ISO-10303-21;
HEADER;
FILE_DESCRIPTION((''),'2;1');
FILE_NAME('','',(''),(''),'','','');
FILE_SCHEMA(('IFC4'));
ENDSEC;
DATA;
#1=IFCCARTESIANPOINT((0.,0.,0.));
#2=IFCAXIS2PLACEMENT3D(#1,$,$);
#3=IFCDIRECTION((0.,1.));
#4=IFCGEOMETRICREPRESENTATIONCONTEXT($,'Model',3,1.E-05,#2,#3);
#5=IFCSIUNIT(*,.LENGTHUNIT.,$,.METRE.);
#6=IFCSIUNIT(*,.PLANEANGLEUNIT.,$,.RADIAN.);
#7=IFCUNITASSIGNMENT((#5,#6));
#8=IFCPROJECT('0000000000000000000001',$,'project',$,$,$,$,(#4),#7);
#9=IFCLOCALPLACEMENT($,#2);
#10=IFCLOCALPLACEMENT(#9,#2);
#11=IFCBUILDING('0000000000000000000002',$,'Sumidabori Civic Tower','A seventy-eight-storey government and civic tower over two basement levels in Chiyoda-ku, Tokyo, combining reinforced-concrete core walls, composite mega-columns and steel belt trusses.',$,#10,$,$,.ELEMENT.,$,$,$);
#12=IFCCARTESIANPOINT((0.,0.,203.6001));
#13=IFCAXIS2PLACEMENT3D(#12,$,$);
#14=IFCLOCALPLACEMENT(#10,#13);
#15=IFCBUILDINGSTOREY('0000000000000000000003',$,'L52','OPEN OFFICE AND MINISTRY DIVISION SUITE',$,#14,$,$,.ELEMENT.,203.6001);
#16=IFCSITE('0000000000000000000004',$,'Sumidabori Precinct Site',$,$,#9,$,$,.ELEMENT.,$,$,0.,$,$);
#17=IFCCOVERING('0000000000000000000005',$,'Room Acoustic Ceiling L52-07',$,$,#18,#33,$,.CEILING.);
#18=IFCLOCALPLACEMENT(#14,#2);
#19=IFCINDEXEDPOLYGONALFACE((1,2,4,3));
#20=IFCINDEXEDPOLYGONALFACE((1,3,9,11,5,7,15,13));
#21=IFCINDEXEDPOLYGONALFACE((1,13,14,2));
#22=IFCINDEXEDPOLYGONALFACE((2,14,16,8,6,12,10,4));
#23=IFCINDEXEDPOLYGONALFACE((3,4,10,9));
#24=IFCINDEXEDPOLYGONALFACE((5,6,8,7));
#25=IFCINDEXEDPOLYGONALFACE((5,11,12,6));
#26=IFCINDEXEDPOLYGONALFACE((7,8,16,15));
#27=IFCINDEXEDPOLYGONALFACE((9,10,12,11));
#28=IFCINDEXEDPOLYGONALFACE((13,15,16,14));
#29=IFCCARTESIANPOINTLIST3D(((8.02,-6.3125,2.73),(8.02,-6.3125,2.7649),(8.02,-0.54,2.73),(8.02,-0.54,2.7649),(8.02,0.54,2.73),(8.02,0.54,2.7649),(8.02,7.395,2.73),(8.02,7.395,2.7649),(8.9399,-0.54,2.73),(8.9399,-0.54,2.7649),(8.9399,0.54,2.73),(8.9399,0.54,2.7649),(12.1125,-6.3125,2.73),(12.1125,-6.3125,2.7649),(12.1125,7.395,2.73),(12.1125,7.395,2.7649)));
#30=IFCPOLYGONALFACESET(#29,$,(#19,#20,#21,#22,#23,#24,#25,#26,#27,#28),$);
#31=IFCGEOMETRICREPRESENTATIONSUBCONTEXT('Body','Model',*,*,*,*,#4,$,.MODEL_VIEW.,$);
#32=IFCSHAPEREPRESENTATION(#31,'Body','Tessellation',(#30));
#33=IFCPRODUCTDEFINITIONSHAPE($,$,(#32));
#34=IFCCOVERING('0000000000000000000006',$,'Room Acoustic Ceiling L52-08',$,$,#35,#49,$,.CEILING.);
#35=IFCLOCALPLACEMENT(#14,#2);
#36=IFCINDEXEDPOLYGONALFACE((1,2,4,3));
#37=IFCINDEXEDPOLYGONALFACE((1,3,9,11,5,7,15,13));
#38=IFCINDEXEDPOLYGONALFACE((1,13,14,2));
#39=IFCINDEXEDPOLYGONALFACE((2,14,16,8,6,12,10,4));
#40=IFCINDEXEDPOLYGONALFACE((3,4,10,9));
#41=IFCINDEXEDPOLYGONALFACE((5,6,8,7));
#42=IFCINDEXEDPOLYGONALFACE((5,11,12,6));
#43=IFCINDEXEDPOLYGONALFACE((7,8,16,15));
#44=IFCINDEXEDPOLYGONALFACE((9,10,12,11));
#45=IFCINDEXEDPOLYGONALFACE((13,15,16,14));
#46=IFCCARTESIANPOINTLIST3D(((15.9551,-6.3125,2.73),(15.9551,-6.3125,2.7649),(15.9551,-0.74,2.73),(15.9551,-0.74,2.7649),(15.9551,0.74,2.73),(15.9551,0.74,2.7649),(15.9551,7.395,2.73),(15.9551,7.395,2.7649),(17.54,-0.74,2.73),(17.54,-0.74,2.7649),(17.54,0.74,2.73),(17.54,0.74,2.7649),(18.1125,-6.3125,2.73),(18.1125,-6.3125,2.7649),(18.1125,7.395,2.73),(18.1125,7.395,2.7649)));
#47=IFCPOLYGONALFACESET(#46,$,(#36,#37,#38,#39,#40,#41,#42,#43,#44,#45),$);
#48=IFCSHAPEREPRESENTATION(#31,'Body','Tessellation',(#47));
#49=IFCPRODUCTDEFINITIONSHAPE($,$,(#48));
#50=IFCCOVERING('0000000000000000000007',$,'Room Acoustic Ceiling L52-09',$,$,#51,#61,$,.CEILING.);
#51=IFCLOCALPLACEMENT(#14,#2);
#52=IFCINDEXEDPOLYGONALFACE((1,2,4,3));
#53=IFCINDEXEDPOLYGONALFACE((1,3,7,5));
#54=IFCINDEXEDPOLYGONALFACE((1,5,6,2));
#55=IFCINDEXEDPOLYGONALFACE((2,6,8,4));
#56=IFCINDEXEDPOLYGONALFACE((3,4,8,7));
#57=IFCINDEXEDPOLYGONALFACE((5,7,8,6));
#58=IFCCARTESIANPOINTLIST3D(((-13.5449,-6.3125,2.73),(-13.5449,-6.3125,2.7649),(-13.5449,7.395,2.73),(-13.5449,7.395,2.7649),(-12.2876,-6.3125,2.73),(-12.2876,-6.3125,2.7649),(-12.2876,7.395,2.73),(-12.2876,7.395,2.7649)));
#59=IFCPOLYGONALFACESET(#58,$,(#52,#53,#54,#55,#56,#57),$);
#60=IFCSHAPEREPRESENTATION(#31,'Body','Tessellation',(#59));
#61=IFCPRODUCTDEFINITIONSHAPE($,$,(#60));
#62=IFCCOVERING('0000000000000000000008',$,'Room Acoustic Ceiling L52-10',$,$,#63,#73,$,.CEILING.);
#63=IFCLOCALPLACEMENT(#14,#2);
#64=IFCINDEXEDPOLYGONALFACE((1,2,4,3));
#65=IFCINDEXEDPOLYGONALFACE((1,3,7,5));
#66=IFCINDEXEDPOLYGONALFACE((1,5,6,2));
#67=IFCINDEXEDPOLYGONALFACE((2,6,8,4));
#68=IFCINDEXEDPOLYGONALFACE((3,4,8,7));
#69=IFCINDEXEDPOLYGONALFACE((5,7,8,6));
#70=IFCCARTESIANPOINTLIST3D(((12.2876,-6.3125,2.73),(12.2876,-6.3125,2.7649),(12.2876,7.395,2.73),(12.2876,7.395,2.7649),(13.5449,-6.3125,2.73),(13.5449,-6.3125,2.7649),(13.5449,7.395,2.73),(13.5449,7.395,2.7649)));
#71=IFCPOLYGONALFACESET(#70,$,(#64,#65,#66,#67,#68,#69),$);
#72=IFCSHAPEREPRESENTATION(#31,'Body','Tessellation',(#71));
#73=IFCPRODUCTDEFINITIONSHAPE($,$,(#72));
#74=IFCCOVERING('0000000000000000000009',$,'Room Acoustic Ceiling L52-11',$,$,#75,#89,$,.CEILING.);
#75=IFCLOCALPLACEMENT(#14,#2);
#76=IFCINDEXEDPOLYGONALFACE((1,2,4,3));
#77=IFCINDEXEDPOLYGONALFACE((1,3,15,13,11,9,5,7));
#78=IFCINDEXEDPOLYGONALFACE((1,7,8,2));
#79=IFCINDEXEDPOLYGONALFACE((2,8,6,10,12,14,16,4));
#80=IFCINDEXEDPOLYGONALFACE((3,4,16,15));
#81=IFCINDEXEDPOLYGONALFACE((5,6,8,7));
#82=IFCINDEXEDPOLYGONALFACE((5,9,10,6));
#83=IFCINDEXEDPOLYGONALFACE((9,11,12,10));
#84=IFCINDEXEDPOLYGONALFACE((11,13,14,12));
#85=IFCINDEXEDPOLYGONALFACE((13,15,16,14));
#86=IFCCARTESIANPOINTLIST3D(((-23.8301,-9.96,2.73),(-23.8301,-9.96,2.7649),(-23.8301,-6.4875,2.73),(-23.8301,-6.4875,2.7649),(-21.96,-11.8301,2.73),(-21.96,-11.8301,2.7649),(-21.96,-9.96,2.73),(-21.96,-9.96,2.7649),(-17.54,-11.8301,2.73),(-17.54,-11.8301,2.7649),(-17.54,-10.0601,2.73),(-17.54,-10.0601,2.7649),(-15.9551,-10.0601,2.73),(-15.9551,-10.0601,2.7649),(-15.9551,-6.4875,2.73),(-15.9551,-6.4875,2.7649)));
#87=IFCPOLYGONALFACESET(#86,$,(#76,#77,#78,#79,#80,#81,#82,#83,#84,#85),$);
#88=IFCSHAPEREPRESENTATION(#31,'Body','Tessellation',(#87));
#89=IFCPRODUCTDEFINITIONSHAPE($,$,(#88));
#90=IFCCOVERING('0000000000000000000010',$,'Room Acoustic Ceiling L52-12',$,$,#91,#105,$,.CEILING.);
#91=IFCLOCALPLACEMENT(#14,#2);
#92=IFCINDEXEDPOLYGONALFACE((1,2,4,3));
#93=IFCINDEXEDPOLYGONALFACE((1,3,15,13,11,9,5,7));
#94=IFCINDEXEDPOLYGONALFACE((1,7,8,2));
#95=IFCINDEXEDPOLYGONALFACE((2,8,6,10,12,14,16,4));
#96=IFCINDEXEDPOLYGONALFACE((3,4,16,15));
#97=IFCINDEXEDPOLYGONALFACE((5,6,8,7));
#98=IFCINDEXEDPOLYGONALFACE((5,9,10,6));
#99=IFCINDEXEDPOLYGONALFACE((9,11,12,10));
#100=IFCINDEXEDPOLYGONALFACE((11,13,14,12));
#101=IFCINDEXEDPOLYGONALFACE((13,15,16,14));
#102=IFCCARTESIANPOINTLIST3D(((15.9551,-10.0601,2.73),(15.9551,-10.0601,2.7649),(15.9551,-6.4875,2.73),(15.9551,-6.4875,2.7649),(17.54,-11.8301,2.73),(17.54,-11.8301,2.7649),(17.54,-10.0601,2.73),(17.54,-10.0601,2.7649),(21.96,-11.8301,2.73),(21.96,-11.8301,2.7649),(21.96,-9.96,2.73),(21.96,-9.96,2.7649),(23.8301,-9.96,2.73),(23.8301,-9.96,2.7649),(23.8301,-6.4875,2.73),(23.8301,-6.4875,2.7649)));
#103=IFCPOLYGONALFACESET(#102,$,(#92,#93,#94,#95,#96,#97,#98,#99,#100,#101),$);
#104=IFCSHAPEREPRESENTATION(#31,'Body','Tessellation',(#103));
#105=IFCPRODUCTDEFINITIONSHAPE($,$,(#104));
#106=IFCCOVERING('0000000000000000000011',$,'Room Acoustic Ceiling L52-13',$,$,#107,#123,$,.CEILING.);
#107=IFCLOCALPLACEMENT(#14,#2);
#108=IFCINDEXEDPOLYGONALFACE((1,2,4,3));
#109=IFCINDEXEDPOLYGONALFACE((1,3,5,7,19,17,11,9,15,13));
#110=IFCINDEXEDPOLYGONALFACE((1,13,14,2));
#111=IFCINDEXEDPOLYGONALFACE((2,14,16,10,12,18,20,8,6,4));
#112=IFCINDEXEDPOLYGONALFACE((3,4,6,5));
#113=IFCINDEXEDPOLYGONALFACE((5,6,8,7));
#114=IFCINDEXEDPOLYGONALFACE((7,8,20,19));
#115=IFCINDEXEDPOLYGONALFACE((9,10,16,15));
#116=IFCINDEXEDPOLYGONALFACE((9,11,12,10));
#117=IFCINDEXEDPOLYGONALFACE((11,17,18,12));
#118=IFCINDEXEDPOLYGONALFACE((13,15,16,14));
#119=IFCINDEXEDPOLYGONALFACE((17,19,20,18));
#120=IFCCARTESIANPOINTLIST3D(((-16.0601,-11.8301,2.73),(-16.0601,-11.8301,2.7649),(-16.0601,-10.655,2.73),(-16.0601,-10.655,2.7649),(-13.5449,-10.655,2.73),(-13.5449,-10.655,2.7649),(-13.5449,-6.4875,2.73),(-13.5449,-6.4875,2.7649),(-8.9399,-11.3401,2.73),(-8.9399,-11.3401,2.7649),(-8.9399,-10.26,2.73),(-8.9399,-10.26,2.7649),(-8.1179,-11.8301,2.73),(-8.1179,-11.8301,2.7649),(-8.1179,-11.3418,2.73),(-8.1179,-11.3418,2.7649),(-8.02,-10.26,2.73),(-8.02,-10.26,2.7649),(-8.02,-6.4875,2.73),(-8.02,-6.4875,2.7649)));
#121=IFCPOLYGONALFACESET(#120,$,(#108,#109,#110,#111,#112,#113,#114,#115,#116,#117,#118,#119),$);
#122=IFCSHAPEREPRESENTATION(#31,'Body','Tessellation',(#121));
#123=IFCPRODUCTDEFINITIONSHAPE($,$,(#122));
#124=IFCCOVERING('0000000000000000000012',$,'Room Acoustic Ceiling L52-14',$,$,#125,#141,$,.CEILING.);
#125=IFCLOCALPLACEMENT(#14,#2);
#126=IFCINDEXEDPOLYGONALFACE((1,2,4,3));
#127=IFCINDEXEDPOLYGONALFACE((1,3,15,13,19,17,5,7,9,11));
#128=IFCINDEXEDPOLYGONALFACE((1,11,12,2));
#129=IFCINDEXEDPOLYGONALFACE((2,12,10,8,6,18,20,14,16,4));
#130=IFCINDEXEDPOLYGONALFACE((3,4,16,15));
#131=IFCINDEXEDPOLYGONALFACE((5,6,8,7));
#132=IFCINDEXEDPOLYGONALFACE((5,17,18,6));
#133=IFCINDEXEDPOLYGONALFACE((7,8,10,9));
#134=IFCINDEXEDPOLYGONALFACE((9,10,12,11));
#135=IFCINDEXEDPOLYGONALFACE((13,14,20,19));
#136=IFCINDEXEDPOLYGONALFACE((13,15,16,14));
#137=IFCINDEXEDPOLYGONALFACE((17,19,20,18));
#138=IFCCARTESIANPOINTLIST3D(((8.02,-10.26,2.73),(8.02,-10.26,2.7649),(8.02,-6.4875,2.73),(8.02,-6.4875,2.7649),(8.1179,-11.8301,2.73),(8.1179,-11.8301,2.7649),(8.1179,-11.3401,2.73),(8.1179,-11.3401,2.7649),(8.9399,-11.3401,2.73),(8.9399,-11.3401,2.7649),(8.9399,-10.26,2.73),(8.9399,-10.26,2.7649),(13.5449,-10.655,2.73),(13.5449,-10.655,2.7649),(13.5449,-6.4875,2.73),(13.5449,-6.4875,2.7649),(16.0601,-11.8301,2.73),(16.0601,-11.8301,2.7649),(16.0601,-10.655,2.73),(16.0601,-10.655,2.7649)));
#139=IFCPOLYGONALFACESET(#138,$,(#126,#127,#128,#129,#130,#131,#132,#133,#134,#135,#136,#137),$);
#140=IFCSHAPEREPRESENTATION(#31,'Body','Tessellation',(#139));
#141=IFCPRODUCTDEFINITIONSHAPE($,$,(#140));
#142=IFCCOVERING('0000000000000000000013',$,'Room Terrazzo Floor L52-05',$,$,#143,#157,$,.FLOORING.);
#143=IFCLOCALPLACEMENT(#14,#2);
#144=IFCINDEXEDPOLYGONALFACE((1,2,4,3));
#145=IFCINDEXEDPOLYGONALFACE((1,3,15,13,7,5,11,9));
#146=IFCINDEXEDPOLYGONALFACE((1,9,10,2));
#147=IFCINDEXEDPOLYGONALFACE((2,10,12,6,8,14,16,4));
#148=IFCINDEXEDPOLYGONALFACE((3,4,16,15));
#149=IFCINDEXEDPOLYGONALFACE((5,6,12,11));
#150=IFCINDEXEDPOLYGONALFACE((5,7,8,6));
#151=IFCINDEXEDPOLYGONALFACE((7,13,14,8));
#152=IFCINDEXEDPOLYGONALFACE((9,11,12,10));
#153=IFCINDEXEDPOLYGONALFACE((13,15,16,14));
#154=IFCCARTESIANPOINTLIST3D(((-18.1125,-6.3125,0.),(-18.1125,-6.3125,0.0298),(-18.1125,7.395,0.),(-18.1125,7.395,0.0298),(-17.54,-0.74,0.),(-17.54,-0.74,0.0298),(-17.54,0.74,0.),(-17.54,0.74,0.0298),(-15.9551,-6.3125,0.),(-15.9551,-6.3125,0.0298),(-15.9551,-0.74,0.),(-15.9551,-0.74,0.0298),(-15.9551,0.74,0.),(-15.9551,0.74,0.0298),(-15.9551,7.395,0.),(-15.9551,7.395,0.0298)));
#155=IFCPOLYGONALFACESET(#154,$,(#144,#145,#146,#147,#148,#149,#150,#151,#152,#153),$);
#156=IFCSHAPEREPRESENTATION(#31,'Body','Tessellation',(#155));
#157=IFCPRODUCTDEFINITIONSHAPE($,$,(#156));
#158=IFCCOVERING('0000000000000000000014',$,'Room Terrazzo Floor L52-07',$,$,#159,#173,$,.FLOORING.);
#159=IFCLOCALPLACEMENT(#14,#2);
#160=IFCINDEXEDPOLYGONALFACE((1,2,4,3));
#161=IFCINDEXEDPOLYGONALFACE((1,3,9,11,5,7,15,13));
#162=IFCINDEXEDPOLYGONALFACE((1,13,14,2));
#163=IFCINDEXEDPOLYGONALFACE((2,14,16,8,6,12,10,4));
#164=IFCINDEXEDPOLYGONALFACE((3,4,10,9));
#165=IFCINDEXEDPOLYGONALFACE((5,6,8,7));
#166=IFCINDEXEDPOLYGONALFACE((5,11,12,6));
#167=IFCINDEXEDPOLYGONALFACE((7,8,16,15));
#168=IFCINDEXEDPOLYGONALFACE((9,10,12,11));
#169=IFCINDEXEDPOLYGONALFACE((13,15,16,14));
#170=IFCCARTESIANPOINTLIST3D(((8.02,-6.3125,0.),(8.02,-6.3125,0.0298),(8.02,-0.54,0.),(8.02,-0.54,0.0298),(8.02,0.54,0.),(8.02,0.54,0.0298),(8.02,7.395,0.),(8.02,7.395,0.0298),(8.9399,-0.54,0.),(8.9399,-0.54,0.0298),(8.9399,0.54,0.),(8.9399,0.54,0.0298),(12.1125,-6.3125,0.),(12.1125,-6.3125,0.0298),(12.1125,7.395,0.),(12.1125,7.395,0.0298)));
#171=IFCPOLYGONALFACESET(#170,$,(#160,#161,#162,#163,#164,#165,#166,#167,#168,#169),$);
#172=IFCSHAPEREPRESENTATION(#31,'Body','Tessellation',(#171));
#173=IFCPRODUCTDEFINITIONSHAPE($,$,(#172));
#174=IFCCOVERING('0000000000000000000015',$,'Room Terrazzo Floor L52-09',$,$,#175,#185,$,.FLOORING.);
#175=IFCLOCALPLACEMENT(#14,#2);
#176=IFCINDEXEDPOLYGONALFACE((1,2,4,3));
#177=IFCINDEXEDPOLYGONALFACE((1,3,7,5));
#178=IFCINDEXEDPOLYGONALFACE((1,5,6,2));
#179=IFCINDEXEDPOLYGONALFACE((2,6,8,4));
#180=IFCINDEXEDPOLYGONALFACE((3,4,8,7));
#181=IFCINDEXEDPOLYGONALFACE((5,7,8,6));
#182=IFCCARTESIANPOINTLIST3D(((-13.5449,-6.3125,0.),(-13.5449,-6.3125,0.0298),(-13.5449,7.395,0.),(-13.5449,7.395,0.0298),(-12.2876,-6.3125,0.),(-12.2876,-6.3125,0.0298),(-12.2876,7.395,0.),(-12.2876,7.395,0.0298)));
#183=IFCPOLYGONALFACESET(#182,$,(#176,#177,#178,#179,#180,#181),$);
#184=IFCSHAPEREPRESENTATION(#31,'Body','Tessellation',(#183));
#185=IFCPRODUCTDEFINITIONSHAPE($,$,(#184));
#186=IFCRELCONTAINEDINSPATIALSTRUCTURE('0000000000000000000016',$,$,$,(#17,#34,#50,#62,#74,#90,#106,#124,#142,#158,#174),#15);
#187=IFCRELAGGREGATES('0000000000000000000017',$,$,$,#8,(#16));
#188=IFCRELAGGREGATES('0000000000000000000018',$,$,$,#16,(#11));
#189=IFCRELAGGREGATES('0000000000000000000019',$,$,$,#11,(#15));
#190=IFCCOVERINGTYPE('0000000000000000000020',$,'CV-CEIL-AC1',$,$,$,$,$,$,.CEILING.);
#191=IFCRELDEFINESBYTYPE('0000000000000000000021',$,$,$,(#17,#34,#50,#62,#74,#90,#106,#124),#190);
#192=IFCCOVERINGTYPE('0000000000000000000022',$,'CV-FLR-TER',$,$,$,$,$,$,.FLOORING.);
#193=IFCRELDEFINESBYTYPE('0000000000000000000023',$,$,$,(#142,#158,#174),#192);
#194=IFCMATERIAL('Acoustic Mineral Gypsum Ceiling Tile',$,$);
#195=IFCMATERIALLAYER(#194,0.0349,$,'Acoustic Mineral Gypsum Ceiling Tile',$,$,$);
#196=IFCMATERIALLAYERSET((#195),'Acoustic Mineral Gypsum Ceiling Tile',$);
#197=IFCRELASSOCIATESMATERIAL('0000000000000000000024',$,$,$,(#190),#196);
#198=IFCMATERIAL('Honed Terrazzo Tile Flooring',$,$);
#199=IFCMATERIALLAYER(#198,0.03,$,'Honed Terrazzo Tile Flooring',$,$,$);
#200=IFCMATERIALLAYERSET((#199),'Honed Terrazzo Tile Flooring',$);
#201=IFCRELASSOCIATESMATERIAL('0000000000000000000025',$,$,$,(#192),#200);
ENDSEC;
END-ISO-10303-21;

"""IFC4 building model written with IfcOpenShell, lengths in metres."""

from ifc_helpers import new_model, si_unit, direction, frame, origin, place, context, subcontext, project, spatial, polyline, outline, extrude, material, layer, layer_set, type_object, element, save


model = new_model("IFC4")

# Units and contexts
model_context = context("Model", 3, precision=1e-05, world=origin(), true_north=direction((0.0, 1.0)))
body_context = subcontext(model_context, "Body", "Model", "MODEL_VIEW")
ifc_project = project(units=[si_unit("LENGTHUNIT", "METRE"), si_unit("PLANEANGLEUNIT", "RADIAN")], contexts=[model_context])

# Site, building, storey
site_placement = place(None, origin())
site = spatial("IfcSite", under=ifc_project, at=site_placement, Name="Sumidabori Precinct Site", CompositionType="ELEMENT", RefElevation=0.0)
building_placement = place(site_placement, origin())
building = spatial("IfcBuilding", under=site, at=building_placement, Name="Sumidabori Civic Tower", Description="A seventy-eight-storey government and civic tower over two basement levels in Chiyoda-ku, Tokyo, combining reinforced-concrete core walls, composite mega-columns and steel belt trusses.", CompositionType="ELEMENT")
storey_placement = place(building_placement, frame((0.0, 0.0, 203.6001)))
storey = spatial("IfcBuildingStorey", under=building, at=storey_placement, Name="L52", Description="OPEN OFFICE AND MINISTRY DIVISION SUITE", CompositionType="ELEMENT", Elevation=203.6001)

# Coverings
ifc_material_1 = material(Name="Acoustic Mineral Gypsum Ceiling Tile")
ifc_layer_1 = layer(ifc_material_1, 0.0349, Name="Acoustic Mineral Gypsum Ceiling Tile")
ifc_layer_set_1 = layer_set([ifc_layer_1], Name="Acoustic Mineral Gypsum Ceiling Tile")
covering_type_1 = type_object("IfcCoveringType", Name="CV-CEIL-AC1", PredefinedType="CEILING", material=ifc_layer_set_1)
covering_1_placement = place(storey_placement, frame((0.0, 0.0, 2.73)))
element("IfcCovering", 1, at=covering_1_placement, inside=storey, type_object=covering_type_1, Name="Room Acoustic Ceiling L52-07", PredefinedType="CEILING", context=body_context, shape_type="SweptSolid", body=[
    extrude(outline(polyline([(8.02, -6.3125), (8.02, -0.54), (8.9399, -0.54), (8.9399, 0.54), (8.02, 0.54), (8.02, 7.395), (12.1125, 7.395), (12.1125, -6.3125), (8.02, -6.3125)])), origin(), (0.0, 0.0, 1.0), 0.0349),
])
covering_2_placement = place(storey_placement, frame((0.0, 0.0, 2.73)))
element("IfcCovering", 2, at=covering_2_placement, inside=storey, type_object=covering_type_1, Name="Room Acoustic Ceiling L52-08", PredefinedType="CEILING", context=body_context, shape_type="SweptSolid", body=[
    extrude(outline(polyline([(15.9551, -0.74), (17.54, -0.74), (17.54, 0.74), (15.9551, 0.74), (15.9551, 7.395), (18.1125, 7.395), (18.1125, -6.3125), (15.9551, -6.3125), (15.9551, -0.74)])), origin(), (0.0, 0.0, 1.0), 0.0349),
])
covering_3_placement = place(storey_placement, frame((0.0, 0.0, 2.73)))
element("IfcCovering", 3, at=covering_3_placement, inside=storey, type_object=covering_type_1, Name="Room Acoustic Ceiling L52-09", PredefinedType="CEILING", context=body_context, shape_type="SweptSolid", body=[
    extrude(outline(polyline([(-13.5449, 7.395), (-12.2876, 7.395), (-12.2876, -6.3125), (-13.5449, -6.3125), (-13.5449, 7.395)])), origin(), (0.0, 0.0, 1.0), 0.0349),
])
covering_4_placement = place(storey_placement, frame((0.0, 0.0, 2.73)))
element("IfcCovering", 4, at=covering_4_placement, inside=storey, type_object=covering_type_1, Name="Room Acoustic Ceiling L52-10", PredefinedType="CEILING", context=body_context, shape_type="SweptSolid", body=[
    extrude(outline(polyline([(12.2876, -6.3125), (12.2876, 7.395), (13.5449, 7.395), (13.5449, -6.3125), (12.2876, -6.3125)])), origin(), (0.0, 0.0, 1.0), 0.0349),
])
covering_5_placement = place(storey_placement, frame((0.0, 0.0, 2.73)))
element("IfcCovering", 5, at=covering_5_placement, inside=storey, type_object=covering_type_1, Name="Room Acoustic Ceiling L52-11", PredefinedType="CEILING", context=body_context, shape_type="SweptSolid", body=[
    extrude(outline(polyline([(-23.8301, -6.4875), (-15.9551, -6.4875), (-15.9551, -10.0601), (-17.54, -10.0601), (-17.54, -11.8301), (-21.96, -11.8301), (-21.96, -9.96), (-23.8301, -9.96), (-23.8301, -6.4875)])), origin(), (0.0, 0.0, 1.0), 0.0349),
])
covering_6_placement = place(storey_placement, frame((0.0, 0.0, 2.73)))
element("IfcCovering", 6, at=covering_6_placement, inside=storey, type_object=covering_type_1, Name="Room Acoustic Ceiling L52-12", PredefinedType="CEILING", context=body_context, shape_type="SweptSolid", body=[
    extrude(outline(polyline([(17.54, -10.0601), (15.9551, -10.0601), (15.9551, -6.4875), (23.8301, -6.4875), (23.8301, -9.96), (21.96, -9.96), (21.96, -11.8301), (17.54, -11.8301), (17.54, -10.0601)])), origin(), (0.0, 0.0, 1.0), 0.0349),
])
covering_7_placement = place(storey_placement, frame((0.0, 0.0, 2.73)))
element("IfcCovering", 7, at=covering_7_placement, inside=storey, type_object=covering_type_1, Name="Room Acoustic Ceiling L52-13", PredefinedType="CEILING", context=body_context, shape_type="SweptSolid", body=[
    extrude(outline(polyline([(-16.0601, -10.655), (-13.5449, -10.655), (-13.5449, -6.4875), (-8.02, -6.4875), (-8.02, -10.26), (-8.9399, -10.26), (-8.9399, -11.3401), (-8.1179, -11.3418), (-8.1179, -11.8301), (-16.0601, -11.8301), (-16.0601, -10.655)])), origin(), (0.0, 0.0, 1.0), 0.0349),
])
covering_8_placement = place(storey_placement, frame((0.0, 0.0, 2.73)))
element("IfcCovering", 8, at=covering_8_placement, inside=storey, type_object=covering_type_1, Name="Room Acoustic Ceiling L52-14", PredefinedType="CEILING", context=body_context, shape_type="SweptSolid", body=[
    extrude(outline(polyline([(8.9399, -11.3401), (8.9399, -10.26), (8.02, -10.26), (8.02, -6.4875), (13.5449, -6.4875), (13.5449, -10.655), (16.0601, -10.655), (16.0601, -11.8301), (8.1179, -11.8301), (8.1179, -11.3401), (8.9399, -11.3401)])), origin(), (0.0, 0.0, 1.0), 0.0349),
])
ifc_material_2 = material(Name="Honed Terrazzo Tile Flooring")
ifc_layer_2 = layer(ifc_material_2, 0.03, Name="Honed Terrazzo Tile Flooring")
ifc_layer_set_2 = layer_set([ifc_layer_2], Name="Honed Terrazzo Tile Flooring")
covering_type_2 = type_object("IfcCoveringType", Name="CV-FLR-TER", PredefinedType="FLOORING", material=ifc_layer_set_2)
covering_9_placement = place(storey_placement, origin())
element("IfcCovering", 9, at=covering_9_placement, inside=storey, type_object=covering_type_2, Name="Room Terrazzo Floor L52-05", PredefinedType="FLOORING", context=body_context, shape_type="SweptSolid", body=[
    extrude(outline(polyline([(-18.1125, -6.3125), (-18.1125, 7.395), (-15.9551, 7.395), (-15.9551, 0.74), (-17.54, 0.74), (-17.54, -0.74), (-15.9551, -0.74), (-15.9551, -6.3125), (-18.1125, -6.3125)])), origin(), (0.0, 0.0, 1.0), 0.0298),
])
covering_10_placement = place(storey_placement, origin())
element("IfcCovering", 10, at=covering_10_placement, inside=storey, type_object=covering_type_2, Name="Room Terrazzo Floor L52-07", PredefinedType="FLOORING", context=body_context, shape_type="SweptSolid", body=[
    extrude(outline(polyline([(8.02, -6.3125), (8.02, -0.54), (8.9399, -0.54), (8.9399, 0.54), (8.02, 0.54), (8.02, 7.395), (12.1125, 7.395), (12.1125, -6.3125), (8.02, -6.3125)])), origin(), (0.0, 0.0, 1.0), 0.0298),
])
covering_11_placement = place(storey_placement, origin())
element("IfcCovering", 11, at=covering_11_placement, inside=storey, type_object=covering_type_2, Name="Room Terrazzo Floor L52-09", PredefinedType="FLOORING", context=body_context, shape_type="SweptSolid", body=[
    extrude(outline(polyline([(-13.5449, 7.395), (-12.2876, 7.395), (-12.2876, -6.3125), (-13.5449, -6.3125), (-13.5449, 7.395)])), origin(), (0.0, 0.0, 1.0), 0.0298),
])

save(model, "model.ifc")
